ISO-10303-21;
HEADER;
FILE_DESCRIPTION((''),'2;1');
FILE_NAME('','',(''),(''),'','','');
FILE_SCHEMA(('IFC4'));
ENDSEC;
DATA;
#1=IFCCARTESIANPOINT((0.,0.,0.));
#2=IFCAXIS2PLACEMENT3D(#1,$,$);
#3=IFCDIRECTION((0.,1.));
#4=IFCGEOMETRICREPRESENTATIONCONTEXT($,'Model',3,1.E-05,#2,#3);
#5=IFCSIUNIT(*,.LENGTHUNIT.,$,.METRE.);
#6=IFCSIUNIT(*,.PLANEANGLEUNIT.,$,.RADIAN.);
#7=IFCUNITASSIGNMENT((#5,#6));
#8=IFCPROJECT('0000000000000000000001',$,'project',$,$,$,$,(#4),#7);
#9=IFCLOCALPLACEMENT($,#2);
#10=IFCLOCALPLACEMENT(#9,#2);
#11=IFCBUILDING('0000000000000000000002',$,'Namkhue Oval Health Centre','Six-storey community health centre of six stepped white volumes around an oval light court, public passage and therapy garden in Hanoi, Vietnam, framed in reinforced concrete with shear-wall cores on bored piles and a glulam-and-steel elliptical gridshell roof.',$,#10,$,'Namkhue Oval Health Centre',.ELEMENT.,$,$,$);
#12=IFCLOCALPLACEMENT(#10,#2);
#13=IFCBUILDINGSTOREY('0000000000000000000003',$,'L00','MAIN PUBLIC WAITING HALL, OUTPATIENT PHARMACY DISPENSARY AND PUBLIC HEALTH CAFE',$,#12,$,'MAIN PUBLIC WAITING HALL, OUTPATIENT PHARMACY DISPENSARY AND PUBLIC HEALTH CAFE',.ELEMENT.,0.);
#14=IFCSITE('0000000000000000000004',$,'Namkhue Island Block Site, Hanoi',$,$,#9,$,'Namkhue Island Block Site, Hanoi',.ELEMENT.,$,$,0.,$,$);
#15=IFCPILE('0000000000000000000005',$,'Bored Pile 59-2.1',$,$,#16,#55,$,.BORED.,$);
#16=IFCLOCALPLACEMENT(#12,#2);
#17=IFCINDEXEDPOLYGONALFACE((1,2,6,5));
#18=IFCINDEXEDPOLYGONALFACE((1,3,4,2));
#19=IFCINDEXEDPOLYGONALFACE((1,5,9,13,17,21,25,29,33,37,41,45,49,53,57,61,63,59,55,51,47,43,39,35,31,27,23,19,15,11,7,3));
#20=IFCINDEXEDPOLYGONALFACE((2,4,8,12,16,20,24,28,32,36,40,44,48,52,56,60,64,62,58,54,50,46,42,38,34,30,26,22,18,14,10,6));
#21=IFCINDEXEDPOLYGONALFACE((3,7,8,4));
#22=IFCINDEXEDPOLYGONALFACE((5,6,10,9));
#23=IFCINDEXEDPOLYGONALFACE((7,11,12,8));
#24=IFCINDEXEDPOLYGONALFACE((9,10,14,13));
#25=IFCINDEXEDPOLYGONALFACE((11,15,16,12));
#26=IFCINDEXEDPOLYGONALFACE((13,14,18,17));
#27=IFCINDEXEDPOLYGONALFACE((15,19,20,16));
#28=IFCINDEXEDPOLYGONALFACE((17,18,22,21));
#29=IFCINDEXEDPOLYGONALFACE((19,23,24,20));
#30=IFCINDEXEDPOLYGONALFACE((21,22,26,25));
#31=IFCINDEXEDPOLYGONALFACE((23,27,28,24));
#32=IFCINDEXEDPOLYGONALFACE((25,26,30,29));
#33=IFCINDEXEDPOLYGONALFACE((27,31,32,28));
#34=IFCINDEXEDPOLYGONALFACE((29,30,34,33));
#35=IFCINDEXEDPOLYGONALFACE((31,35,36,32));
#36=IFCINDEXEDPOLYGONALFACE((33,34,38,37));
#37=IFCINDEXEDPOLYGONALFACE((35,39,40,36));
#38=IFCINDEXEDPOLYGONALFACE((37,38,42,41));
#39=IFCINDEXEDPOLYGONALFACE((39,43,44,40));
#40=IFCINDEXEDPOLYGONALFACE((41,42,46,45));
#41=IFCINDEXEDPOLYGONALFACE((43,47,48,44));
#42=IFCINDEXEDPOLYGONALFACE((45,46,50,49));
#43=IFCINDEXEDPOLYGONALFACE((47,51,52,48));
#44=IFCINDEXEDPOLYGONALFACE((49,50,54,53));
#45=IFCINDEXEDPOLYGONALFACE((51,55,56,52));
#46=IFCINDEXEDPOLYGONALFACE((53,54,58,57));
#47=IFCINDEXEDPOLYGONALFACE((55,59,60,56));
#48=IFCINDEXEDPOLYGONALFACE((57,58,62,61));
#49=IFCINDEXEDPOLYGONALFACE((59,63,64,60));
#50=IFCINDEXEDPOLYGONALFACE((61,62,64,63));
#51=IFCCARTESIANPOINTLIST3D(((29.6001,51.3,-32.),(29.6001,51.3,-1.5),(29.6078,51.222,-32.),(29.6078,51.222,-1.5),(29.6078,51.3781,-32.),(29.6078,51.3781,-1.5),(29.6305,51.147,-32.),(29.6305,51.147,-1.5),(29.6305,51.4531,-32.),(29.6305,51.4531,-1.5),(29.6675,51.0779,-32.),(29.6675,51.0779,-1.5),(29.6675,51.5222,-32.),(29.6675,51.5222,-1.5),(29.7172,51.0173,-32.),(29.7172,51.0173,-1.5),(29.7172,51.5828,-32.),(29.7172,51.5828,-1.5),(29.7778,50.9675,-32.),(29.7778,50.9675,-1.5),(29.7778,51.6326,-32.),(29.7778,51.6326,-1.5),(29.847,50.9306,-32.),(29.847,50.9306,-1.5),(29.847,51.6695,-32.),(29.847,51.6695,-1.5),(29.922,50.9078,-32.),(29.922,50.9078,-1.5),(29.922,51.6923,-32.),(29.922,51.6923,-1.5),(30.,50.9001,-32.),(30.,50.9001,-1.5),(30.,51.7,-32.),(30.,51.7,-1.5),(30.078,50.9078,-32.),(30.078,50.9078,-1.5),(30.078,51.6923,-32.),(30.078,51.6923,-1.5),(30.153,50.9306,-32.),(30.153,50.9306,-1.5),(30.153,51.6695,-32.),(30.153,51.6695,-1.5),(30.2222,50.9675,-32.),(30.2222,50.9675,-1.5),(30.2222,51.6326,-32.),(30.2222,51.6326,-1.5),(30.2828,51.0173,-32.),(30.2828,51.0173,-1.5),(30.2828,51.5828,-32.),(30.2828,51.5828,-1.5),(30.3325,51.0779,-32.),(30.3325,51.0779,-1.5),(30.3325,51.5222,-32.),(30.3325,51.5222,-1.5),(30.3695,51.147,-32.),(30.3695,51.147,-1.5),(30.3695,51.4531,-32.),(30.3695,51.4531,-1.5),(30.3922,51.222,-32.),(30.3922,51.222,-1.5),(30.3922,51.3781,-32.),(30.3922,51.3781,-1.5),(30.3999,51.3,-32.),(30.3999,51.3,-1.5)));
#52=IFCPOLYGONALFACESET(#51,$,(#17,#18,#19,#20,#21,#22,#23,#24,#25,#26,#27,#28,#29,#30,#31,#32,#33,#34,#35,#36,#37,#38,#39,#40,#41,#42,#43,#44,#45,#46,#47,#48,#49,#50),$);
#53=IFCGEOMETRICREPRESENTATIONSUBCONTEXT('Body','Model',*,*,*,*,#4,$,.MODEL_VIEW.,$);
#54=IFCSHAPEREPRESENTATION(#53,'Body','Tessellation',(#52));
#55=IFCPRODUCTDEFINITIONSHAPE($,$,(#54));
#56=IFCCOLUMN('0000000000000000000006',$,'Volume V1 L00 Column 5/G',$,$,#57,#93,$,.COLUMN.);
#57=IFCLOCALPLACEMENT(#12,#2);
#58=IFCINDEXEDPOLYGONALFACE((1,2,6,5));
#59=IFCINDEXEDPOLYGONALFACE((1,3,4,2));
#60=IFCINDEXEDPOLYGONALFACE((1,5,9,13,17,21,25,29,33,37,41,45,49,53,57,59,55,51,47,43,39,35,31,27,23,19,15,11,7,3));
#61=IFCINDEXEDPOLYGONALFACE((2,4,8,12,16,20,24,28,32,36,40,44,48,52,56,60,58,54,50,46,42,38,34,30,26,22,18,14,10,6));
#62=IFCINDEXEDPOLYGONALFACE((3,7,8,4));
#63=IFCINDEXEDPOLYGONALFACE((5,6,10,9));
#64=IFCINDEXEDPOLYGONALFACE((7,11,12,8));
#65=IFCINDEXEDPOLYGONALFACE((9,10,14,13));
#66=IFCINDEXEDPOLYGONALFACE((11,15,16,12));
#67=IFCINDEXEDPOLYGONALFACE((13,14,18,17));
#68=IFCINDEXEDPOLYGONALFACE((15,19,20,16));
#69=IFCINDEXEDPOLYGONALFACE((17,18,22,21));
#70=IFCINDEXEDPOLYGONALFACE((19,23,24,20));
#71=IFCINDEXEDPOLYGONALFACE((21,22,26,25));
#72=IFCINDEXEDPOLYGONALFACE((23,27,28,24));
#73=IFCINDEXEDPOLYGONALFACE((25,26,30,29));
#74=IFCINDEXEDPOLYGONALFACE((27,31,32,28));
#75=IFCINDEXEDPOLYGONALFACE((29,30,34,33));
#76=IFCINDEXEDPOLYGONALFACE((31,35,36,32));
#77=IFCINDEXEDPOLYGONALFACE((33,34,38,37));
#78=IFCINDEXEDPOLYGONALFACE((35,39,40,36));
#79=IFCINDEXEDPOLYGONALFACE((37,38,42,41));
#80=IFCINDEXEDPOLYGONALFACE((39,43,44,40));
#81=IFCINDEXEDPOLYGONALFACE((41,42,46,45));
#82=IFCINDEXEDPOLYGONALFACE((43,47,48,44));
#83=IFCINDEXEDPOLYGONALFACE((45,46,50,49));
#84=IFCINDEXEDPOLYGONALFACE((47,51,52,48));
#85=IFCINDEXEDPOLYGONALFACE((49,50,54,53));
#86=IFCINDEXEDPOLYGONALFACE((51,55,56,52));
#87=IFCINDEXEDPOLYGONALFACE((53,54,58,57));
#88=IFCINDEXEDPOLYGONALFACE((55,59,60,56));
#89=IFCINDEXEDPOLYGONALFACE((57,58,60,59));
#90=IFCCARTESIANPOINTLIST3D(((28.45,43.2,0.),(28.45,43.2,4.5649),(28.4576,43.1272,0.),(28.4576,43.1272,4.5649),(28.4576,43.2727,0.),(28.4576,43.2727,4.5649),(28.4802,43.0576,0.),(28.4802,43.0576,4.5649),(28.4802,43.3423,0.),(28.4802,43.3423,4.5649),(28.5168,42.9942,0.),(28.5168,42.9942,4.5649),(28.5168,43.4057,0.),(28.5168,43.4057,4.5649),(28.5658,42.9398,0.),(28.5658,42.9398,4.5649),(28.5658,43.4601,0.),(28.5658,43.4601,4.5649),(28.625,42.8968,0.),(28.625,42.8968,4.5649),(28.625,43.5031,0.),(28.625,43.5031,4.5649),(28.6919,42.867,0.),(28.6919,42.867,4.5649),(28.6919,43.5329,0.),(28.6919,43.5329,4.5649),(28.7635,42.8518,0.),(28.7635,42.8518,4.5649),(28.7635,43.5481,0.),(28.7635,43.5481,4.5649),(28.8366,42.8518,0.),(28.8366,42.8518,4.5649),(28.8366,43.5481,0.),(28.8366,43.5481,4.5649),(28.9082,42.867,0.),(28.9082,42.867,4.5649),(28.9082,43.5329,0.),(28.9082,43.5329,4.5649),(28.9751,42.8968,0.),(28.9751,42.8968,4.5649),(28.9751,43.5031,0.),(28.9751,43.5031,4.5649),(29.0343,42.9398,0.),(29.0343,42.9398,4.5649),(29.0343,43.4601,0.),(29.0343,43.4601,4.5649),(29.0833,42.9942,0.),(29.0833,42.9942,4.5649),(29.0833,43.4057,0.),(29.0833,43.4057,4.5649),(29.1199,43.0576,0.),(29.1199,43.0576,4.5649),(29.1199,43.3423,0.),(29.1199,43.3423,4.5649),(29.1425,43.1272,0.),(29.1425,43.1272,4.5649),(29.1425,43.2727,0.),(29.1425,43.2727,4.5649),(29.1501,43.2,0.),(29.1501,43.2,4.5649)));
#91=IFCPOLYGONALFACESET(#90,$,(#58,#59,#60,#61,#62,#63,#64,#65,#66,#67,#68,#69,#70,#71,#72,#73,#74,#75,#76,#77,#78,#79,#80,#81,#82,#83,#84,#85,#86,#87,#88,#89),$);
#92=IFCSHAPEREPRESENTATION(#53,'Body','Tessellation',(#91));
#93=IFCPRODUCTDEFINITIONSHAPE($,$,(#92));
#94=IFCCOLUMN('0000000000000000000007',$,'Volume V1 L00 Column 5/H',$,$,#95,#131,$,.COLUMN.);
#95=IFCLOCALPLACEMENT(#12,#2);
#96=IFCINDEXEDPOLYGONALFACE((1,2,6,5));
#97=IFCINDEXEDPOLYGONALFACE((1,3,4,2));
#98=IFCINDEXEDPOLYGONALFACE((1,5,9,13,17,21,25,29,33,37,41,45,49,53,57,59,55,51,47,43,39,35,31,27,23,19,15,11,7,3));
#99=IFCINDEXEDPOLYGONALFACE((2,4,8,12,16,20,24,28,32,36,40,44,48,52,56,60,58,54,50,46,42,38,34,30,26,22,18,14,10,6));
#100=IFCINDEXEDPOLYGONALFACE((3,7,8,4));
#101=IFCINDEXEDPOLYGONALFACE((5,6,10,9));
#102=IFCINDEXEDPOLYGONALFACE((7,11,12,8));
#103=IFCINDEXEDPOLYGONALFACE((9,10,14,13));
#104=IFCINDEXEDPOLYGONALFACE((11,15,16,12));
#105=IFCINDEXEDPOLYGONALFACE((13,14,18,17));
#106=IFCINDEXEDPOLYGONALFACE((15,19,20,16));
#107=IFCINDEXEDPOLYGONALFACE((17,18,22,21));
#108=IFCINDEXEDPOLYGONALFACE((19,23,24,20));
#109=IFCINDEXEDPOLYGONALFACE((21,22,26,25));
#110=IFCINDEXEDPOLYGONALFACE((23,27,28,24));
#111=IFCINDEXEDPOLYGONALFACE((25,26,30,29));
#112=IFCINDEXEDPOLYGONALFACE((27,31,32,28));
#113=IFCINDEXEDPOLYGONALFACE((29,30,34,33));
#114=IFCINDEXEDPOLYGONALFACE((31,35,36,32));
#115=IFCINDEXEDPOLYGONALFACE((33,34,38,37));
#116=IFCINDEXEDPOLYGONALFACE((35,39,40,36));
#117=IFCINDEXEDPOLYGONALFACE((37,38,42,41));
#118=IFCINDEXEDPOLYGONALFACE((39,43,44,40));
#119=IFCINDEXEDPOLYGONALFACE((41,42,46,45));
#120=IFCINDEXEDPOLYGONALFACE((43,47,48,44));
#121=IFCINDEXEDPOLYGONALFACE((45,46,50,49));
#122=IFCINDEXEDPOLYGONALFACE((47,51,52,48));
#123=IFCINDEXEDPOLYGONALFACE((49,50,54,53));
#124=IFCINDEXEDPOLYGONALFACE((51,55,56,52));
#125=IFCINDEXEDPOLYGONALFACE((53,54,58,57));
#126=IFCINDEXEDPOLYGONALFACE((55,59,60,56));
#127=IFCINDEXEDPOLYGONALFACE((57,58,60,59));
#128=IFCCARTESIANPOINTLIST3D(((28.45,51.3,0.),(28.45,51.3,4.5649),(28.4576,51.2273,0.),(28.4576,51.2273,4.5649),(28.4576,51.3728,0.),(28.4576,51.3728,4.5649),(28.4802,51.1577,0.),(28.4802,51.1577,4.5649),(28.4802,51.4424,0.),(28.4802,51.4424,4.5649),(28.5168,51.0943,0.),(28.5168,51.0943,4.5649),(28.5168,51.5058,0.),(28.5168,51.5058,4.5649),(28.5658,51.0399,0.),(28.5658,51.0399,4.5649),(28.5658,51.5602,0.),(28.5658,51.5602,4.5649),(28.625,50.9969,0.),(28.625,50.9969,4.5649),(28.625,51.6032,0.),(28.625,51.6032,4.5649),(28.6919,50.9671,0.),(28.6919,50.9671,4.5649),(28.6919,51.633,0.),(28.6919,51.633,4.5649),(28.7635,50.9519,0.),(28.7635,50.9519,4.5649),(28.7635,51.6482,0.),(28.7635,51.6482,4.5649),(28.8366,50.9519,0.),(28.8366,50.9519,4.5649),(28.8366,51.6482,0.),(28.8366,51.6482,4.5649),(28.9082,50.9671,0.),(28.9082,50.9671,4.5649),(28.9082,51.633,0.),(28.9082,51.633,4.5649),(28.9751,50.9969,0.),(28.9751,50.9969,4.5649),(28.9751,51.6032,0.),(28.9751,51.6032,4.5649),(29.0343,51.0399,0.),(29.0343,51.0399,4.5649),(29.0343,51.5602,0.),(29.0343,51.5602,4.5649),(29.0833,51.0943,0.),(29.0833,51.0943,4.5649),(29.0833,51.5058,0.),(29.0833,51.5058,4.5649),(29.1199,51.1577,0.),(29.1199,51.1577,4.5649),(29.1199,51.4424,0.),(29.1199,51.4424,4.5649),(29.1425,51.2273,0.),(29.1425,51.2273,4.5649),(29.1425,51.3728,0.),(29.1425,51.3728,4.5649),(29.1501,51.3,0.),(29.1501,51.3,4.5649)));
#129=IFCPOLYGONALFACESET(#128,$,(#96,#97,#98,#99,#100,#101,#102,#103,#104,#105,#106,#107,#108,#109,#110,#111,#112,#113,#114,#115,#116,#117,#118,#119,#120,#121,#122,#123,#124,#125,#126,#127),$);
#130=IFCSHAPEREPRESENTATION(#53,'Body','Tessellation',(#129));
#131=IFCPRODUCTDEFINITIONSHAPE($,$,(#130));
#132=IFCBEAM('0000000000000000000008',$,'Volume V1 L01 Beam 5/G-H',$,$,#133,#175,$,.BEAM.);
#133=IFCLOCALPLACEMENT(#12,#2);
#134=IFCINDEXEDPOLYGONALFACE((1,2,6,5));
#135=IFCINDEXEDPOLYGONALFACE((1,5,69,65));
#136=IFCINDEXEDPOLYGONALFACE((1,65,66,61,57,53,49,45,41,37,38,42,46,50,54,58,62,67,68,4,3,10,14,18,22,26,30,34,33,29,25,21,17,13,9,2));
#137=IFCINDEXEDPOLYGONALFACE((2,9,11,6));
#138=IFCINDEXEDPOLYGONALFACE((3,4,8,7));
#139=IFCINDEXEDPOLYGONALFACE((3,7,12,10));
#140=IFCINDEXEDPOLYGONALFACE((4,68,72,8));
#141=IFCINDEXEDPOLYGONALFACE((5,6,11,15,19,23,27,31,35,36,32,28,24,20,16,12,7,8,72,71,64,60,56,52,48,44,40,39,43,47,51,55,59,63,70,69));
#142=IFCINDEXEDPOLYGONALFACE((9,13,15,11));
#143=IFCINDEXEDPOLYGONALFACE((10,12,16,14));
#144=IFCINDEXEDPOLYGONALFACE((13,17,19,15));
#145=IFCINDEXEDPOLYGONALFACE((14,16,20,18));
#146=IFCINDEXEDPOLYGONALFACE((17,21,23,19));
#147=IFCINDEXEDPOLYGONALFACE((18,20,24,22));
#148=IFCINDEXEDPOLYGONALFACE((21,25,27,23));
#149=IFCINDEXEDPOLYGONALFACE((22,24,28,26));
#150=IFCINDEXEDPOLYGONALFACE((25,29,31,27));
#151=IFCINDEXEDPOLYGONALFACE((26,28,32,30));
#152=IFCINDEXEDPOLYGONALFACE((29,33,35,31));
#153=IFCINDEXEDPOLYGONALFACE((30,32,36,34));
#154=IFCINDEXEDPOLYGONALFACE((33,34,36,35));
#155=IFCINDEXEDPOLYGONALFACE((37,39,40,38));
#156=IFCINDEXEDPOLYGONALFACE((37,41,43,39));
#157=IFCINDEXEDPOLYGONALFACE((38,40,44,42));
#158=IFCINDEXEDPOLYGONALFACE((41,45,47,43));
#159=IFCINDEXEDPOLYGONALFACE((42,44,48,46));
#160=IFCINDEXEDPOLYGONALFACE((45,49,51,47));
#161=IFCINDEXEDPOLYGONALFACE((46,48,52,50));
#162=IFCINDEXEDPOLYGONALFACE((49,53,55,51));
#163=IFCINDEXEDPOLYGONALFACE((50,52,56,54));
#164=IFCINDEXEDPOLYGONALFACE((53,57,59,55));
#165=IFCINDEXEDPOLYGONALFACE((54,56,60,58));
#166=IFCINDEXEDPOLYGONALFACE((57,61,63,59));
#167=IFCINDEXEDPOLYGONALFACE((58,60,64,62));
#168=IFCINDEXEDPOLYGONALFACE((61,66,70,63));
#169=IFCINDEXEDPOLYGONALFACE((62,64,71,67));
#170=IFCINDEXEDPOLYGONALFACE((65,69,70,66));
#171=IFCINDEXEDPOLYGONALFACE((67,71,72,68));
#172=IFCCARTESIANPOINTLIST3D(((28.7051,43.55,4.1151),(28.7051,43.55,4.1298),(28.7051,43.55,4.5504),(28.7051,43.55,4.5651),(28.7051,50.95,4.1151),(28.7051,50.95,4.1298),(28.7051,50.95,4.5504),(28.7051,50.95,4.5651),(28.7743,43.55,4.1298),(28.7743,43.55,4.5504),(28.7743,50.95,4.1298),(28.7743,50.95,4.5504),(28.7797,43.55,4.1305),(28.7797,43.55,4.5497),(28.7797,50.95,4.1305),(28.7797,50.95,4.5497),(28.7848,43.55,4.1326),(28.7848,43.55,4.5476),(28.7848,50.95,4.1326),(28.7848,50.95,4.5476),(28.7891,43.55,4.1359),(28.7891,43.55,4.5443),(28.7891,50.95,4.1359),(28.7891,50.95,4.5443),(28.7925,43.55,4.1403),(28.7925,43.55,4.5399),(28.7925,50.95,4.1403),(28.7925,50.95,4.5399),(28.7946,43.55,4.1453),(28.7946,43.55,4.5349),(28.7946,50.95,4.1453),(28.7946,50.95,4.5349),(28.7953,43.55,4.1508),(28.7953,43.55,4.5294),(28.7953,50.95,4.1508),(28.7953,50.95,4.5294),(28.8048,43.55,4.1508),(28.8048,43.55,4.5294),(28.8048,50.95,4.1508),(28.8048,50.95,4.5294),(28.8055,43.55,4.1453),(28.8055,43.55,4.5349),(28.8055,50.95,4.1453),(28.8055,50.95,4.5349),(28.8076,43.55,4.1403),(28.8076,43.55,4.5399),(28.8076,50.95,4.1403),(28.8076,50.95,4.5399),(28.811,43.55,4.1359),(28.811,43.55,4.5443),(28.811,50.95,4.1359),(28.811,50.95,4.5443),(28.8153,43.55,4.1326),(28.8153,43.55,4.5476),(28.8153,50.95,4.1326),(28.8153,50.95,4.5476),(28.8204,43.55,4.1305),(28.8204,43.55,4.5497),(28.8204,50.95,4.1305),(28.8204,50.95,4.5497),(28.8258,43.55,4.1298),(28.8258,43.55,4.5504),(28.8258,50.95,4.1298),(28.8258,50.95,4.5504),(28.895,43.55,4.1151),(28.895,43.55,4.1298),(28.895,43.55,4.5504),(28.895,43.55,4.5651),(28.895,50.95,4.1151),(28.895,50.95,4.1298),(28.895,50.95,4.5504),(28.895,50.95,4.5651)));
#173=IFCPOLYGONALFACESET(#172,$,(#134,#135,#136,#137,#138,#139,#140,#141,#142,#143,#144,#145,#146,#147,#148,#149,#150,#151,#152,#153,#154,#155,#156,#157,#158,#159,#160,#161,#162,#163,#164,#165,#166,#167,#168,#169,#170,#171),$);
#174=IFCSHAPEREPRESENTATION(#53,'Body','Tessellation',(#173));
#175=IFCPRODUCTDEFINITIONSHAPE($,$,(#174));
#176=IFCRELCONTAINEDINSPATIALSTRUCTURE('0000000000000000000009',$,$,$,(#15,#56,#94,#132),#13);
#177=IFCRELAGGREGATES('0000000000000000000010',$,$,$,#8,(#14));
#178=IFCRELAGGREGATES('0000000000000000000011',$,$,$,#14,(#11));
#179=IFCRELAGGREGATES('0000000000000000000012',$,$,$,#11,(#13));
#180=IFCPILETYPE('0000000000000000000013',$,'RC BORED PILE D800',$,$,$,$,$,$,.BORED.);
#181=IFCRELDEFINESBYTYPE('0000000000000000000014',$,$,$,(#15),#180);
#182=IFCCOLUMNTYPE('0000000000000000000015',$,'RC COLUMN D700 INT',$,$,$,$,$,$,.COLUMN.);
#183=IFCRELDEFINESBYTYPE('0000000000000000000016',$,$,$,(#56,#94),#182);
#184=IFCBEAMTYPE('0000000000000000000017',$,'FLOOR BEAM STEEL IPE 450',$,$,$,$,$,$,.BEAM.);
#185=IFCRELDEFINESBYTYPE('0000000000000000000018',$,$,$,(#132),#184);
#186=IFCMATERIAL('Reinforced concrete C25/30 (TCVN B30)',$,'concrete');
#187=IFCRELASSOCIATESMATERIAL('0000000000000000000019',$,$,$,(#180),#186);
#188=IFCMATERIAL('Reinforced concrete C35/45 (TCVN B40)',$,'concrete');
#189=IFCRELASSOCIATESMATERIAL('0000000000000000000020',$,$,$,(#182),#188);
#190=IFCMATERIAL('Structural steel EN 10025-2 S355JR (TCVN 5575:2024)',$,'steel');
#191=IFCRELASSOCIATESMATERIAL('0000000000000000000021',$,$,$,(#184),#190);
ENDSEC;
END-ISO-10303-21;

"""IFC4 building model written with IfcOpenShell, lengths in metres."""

from ifc_helpers import new_model, si_unit, direction, frame, origin, origin_2d, place, context, subcontext, project, spatial, circle, i_section, extrude, material, material_profile, profile_set, type_object, element, save


model = new_model("IFC4")

# Units and contexts
model_context = context("Model", 3, precision=1e-05, world=origin(), true_north=direction((0.0, 1.0)))
body_context = subcontext(model_context, "Body", "Model", "MODEL_VIEW")
ifc_project = project(units=[si_unit("LENGTHUNIT", "METRE"), si_unit("PLANEANGLEUNIT", "RADIAN")], contexts=[model_context])

# Site, building, storey
site_placement = place(None, origin())
site = spatial("IfcSite", under=ifc_project, at=site_placement, Name="Namkhue Island Block Site, Hanoi", LongName="Namkhue Island Block Site, Hanoi", CompositionType="ELEMENT", RefElevation=0.0)
building_placement = place(site_placement, origin())
building = spatial("IfcBuilding", under=site, at=building_placement, Name="Namkhue Oval Health Centre", Description="Six-storey community health centre of six stepped white volumes around an oval light court, public passage and therapy garden in Hanoi, Vietnam, framed in reinforced concrete with shear-wall cores on bored piles and a glulam-and-steel elliptical gridshell roof.", LongName="Namkhue Oval Health Centre", CompositionType="ELEMENT")
storey_placement = place(building_placement, origin())
storey = spatial("IfcBuildingStorey", under=building, at=storey_placement, Name="L00", Description="MAIN PUBLIC WAITING HALL, OUTPATIENT PHARMACY DISPENSARY AND PUBLIC HEALTH CAFE", LongName="MAIN PUBLIC WAITING HALL, OUTPATIENT PHARMACY DISPENSARY AND PUBLIC HEALTH CAFE", CompositionType="ELEMENT", Elevation=0.0)

# Pile
ifc_material_1 = material(Name="Reinforced concrete C25/30 (TCVN B30)", Category="concrete")
ifc_material_profile_1 = material_profile(ifc_material_1, circle(Radius=0.3999, at=origin_2d()), Name="BORED PILE D800")
ifc_profile_set_1 = profile_set([ifc_material_profile_1], Name="Reinforced concrete C25/30 (TCVN B30)")
pile_type = type_object("IfcPileType", Name="RC BORED PILE D800", PredefinedType="BORED", material=ifc_profile_set_1)
for number, where, z_axis, x_axis, name in (
    (1, (30.0, 51.3, -1.5), (0.0, 0.0, -1.0), (1.0, 0.0, 0.0), "Bored Pile 59-2.1"),
):
    element("IfcPile", number, at=place(storey_placement, frame(where, z_axis=z_axis, x_axis=x_axis)), inside=storey, type_object=pile_type, Name=name, PredefinedType="BORED", context=body_context, shape_type="SweptSolid", body=[
        extrude(circle(Radius=0.3999, at=origin_2d()), origin(), (0.0, 0.0, 1.0), 30.5),
    ])

# Columns
ifc_material_2 = material(Name="Reinforced concrete C35/45 (TCVN B40)", Category="concrete")
ifc_material_profile_2 = material_profile(ifc_material_2, circle(Radius=0.3501, at=origin_2d()), Name="RC D700")
ifc_profile_set_2 = profile_set([ifc_material_profile_2], Name="Reinforced concrete C35/45 (TCVN B40)")
column_type = type_object("IfcColumnType", Name="RC COLUMN D700 INT", PredefinedType="COLUMN", material=ifc_profile_set_2)
for number, where, z_axis, x_axis, name in (
    (2, (28.8, 43.2, 0.0), (0.0, 0.0, 1.0), (1.0, 0.0, 0.0), "Volume V1 L00 Column 5/G"),
    (3, (28.8, 51.3, 0.0), (0.0, 0.0, 1.0), (1.0, 0.0, 0.0), "Volume V1 L00 Column 5/H"),
):
    element("IfcColumn", number, at=place(storey_placement, frame(where, z_axis=z_axis, x_axis=x_axis)), inside=storey, type_object=column_type, Name=name, PredefinedType="COLUMN", context=body_context, shape_type="SweptSolid", body=[
        extrude(circle(Radius=0.3501, at=origin_2d()), origin(), (0.0, 0.0, 1.0), 4.5649),
    ])

# Beam
ifc_material_3 = material(Name="Structural steel EN 10025-2 S355JR (TCVN 5575:2024)", Category="steel")
ifc_material_profile_3 = material_profile(ifc_material_3, i_section(OverallWidth=0.1899, OverallDepth=0.45, WebThickness=0.0095, FlangeThickness=0.0146, FilletRadius=0.021, at=origin_2d()), Name="IPE 450")
ifc_profile_set_3 = profile_set([ifc_material_profile_3], Name="Structural steel EN 10025-2 S355JR (TCVN 5575:2024)")
beam_type_1 = type_object("IfcBeamType", Name="FLOOR BEAM STEEL IPE 450", PredefinedType="BEAM", material=ifc_profile_set_3)
beam_1_placement = place(storey_placement, frame((28.8, 43.55, 4.3401), z_axis=(0.0, 1.0, 0.0), x_axis=(-1.0, 0.0, 0.0)))
element("IfcBeam", 4, at=beam_1_placement, inside=storey, type_object=beam_type_1, Name="Volume V1 L01 Beam 5/G-H", PredefinedType="BEAM", context=body_context, shape_type="SweptSolid", body=[
    extrude(i_section(OverallWidth=0.1899, OverallDepth=0.45, WebThickness=0.0095, FlangeThickness=0.0146, FilletRadius=0.021, at=origin_2d()), origin(), (0.0, 0.0, 1.0), 7.3999),
])

save(model, "model.ifc")
